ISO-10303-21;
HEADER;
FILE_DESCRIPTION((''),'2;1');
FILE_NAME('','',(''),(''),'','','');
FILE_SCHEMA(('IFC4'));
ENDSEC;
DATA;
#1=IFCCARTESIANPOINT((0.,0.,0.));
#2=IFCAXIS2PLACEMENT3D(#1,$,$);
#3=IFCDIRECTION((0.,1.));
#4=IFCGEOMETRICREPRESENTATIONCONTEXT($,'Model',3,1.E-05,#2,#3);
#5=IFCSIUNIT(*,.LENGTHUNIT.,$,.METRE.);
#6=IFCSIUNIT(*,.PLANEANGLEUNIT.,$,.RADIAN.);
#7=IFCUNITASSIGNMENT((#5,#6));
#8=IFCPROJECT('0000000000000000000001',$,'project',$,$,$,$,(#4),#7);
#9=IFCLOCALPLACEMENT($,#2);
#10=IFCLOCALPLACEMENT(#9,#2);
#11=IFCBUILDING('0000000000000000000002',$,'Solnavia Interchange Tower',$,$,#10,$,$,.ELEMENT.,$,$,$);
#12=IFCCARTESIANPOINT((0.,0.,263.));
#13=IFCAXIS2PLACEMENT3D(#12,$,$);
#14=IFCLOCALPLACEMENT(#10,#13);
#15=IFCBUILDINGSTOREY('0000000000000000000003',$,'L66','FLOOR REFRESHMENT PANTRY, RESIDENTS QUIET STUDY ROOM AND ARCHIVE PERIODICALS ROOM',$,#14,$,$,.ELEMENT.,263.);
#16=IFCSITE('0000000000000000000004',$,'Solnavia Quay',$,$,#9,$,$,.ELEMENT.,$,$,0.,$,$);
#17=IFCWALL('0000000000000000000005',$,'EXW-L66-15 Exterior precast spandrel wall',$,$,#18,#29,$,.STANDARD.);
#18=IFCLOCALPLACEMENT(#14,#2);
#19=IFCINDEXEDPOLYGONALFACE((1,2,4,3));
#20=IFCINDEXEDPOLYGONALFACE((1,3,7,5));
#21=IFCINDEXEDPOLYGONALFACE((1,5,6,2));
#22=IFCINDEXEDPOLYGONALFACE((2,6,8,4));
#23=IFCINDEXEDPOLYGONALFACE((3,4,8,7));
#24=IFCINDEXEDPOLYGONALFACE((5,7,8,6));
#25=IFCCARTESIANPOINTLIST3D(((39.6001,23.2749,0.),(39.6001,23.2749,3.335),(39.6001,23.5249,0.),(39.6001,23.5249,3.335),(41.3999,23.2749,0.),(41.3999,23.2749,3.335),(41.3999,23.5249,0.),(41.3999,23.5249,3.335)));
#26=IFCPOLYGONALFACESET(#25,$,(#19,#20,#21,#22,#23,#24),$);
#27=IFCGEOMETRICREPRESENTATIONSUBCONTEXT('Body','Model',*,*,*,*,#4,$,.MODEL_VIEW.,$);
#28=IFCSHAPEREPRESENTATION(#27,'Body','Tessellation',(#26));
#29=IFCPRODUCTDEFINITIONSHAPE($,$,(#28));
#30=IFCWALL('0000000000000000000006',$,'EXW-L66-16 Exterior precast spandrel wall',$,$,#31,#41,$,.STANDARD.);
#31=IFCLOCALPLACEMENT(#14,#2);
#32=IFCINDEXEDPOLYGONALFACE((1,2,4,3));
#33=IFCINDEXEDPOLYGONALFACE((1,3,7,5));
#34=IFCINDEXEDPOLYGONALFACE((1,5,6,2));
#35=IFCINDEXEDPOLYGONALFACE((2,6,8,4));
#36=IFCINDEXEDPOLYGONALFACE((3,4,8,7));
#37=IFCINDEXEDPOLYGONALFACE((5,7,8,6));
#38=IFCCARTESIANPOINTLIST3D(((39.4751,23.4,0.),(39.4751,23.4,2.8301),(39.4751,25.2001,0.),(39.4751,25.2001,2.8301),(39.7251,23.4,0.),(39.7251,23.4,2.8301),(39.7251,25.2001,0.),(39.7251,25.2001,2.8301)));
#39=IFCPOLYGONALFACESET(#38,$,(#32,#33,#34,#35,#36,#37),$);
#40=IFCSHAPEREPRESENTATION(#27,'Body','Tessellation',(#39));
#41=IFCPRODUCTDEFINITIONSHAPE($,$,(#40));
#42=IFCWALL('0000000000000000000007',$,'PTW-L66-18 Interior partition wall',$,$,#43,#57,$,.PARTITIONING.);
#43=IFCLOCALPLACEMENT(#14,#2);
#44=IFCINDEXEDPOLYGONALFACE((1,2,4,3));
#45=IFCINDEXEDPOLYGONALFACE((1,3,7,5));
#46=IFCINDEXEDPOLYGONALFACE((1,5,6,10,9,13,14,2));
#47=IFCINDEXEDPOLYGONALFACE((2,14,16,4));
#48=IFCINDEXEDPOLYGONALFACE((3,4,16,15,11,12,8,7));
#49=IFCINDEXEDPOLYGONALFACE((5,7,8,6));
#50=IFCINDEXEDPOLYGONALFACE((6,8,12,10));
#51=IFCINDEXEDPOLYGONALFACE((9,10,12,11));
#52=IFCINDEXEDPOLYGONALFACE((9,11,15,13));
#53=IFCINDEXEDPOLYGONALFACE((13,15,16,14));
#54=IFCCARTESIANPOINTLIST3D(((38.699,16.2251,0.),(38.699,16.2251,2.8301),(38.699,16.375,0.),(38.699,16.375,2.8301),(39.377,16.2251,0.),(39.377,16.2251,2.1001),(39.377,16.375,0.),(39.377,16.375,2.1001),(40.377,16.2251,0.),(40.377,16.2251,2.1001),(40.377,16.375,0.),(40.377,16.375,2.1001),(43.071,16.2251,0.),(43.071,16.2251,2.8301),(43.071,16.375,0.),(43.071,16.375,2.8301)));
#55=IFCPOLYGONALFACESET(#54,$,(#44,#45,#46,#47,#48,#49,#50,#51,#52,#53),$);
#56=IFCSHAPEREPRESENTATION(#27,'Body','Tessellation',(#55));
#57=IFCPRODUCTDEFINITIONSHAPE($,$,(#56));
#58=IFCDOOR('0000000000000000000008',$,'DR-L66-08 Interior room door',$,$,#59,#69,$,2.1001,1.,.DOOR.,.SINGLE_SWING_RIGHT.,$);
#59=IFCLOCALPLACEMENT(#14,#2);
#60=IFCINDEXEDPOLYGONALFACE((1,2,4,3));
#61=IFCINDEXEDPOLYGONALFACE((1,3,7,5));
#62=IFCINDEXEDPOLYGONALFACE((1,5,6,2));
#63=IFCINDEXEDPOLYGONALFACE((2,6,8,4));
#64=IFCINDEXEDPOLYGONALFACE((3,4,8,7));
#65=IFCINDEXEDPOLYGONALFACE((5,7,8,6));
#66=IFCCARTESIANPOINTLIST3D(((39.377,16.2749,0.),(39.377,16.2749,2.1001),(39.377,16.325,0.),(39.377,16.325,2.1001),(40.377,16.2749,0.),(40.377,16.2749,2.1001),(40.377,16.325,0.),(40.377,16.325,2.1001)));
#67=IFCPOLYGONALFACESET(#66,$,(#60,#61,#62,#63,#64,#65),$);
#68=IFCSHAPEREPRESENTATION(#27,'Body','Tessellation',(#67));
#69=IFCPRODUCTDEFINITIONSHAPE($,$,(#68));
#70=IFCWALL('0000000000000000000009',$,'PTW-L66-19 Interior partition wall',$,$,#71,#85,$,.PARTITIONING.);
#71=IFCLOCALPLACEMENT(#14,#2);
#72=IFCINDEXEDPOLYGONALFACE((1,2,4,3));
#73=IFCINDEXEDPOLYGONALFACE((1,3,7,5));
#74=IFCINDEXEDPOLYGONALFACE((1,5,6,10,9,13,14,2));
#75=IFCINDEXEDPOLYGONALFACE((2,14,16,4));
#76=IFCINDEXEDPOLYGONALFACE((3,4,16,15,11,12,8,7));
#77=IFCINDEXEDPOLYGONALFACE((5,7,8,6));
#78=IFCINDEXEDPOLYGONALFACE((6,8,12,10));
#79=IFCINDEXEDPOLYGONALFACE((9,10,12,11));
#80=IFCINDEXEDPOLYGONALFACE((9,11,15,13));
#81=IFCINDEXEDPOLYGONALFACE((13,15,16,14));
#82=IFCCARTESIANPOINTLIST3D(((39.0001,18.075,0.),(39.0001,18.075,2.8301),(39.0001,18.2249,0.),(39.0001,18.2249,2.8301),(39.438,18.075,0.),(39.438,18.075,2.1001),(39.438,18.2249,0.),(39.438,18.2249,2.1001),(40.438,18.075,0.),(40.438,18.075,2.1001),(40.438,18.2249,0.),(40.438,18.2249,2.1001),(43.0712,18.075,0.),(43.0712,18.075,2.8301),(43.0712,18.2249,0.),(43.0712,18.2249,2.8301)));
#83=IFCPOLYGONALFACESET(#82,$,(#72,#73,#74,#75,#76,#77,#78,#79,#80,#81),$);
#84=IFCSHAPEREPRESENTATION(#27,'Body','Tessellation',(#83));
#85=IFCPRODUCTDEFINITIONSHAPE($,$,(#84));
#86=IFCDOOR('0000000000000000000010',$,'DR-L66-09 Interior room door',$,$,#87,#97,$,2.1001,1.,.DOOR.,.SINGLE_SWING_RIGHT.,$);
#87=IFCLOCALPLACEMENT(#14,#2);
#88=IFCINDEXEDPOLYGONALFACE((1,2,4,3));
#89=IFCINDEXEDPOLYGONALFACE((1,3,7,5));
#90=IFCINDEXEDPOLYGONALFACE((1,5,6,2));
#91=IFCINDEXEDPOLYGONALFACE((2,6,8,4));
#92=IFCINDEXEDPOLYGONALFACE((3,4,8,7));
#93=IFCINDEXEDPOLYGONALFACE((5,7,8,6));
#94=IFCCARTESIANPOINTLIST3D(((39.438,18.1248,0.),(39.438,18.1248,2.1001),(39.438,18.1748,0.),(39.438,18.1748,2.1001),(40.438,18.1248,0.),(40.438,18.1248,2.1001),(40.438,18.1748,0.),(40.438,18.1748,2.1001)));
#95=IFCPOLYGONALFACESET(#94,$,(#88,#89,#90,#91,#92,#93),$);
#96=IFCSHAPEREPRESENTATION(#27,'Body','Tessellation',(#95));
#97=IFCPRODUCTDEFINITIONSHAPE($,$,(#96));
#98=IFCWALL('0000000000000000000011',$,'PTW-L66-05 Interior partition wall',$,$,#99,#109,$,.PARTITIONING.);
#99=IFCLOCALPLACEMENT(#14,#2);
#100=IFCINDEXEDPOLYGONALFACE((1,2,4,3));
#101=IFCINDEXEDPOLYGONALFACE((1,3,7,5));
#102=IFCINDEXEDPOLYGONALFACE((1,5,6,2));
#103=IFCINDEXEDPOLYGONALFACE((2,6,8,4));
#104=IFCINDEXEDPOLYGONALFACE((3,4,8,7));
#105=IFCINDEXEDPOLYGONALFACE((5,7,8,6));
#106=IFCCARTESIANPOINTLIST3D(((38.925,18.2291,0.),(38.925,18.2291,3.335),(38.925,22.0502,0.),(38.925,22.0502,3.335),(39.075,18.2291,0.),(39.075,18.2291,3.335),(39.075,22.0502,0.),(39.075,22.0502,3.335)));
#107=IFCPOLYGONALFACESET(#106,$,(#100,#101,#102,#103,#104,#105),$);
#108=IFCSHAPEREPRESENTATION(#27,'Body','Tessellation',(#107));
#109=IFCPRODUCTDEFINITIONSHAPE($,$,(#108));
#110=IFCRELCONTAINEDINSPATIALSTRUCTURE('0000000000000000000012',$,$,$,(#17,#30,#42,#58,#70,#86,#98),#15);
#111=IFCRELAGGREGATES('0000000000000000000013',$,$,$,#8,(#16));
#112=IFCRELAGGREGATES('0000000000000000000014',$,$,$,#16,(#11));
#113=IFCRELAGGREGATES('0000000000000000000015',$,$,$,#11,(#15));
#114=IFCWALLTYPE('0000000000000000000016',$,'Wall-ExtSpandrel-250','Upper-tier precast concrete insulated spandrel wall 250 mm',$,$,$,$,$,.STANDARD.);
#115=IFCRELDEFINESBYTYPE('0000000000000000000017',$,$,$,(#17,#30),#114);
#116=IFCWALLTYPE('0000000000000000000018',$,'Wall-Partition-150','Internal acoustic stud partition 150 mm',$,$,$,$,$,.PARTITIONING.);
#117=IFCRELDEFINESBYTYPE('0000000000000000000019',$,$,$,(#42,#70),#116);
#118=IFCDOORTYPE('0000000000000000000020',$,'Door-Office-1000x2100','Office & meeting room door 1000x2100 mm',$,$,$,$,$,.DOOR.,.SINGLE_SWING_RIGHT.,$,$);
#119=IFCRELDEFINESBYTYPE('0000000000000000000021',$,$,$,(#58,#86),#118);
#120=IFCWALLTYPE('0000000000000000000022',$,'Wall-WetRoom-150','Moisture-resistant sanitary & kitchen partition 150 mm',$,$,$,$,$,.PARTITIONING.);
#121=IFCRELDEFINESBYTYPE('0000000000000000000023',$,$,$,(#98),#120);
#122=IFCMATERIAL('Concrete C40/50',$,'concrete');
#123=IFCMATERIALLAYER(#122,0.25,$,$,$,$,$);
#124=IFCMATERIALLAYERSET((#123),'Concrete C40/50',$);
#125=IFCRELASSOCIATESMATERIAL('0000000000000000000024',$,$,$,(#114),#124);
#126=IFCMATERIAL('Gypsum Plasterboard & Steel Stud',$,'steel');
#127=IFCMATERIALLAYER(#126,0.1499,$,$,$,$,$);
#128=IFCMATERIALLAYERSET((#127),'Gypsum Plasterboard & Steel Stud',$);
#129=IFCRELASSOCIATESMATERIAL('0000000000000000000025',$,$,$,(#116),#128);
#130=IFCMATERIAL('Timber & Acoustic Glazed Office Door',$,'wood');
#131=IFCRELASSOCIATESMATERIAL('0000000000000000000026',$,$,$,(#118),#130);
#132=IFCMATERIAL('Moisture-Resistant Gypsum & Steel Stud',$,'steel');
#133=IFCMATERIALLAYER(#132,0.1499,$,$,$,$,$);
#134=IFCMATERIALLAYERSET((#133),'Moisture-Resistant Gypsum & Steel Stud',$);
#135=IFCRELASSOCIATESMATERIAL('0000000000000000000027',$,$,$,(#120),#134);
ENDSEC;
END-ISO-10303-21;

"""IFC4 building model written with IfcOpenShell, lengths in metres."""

from ifc_helpers import new_model, si_unit, direction, frame, frame_2d, origin, place, context, subcontext, project, spatial, rectangle, extrude, material, layer, layer_set, type_object, element, fill, save


model = new_model("IFC4")

# Units and contexts
model_context = context("Model", 3, precision=1e-05, world=origin(), true_north=direction((0.0, 1.0)))
body_context = subcontext(model_context, "Body", "Model", "MODEL_VIEW")
ifc_project = project(units=[si_unit("LENGTHUNIT", "METRE"), si_unit("PLANEANGLEUNIT", "RADIAN")], contexts=[model_context])

# Site, building, storey
site_placement = place(None, origin())
site = spatial("IfcSite", under=ifc_project, at=site_placement, Name="Solnavia Quay", CompositionType="ELEMENT", RefElevation=0.0)
building_placement = place(site_placement, origin())
building = spatial("IfcBuilding", under=site, at=building_placement, Name="Solnavia Interchange Tower", CompositionType="ELEMENT")
storey_placement = place(building_placement, frame((0.0, 0.0, 263.0)))
storey = spatial("IfcBuildingStorey", under=building, at=storey_placement, Name="L66", Description="FLOOR REFRESHMENT PANTRY, RESIDENTS QUIET STUDY ROOM AND ARCHIVE PERIODICALS ROOM", CompositionType="ELEMENT", Elevation=263.0)

# Walls
ifc_material_1 = material(Name="Concrete C40/50", Category="concrete")
ifc_layer_1 = layer(ifc_material_1, 0.25)
ifc_layer_set_1 = layer_set([ifc_layer_1], Name="Concrete C40/50")
wall_type_1 = type_object("IfcWallType", Name="Wall-ExtSpandrel-250", Description="Upper-tier precast concrete insulated spandrel wall 250 mm", PredefinedType="STANDARD", material=ifc_layer_set_1)
for number, where, z_axis, x_axis, name in (
    (1, (39.6001, 23.3999, 0.0), (0.0, 0.0, 1.0), (1.0, 0.0, 0.0), "EXW-L66-15 Exterior precast spandrel wall"),
):
    element("IfcWall", number, at=place(storey_placement, frame(where, z_axis=z_axis, x_axis=x_axis)), inside=storey, type_object=wall_type_1, Name=name, PredefinedType="STANDARD", context=body_context, shape_type="SweptSolid", body=[
        extrude(rectangle(XDim=1.7998, YDim=0.25, at=frame_2d((0.8999, 0.0))), origin(), (0.0, 0.0, 1.0), 3.335),
    ])
wall_1_placement = place(storey_placement, frame((39.6001, 25.2, 0.0), z_axis=(0.0, 0.0, 1.0), x_axis=(0.0, -1.0, 0.0)))
element("IfcWall", 2, at=wall_1_placement, inside=storey, type_object=wall_type_1, Name="EXW-L66-16 Exterior precast spandrel wall", PredefinedType="STANDARD", context=body_context, shape_type="SweptSolid", body=[
    extrude(rectangle(XDim=1.8, YDim=0.25, at=frame_2d((0.8999, 0.0))), origin(), (0.0, 0.0, 1.0), 2.8301),
])

# Walls, openings, doors
ifc_material_2 = material(Name="Gypsum Plasterboard & Steel Stud", Category="steel")
ifc_layer_2 = layer(ifc_material_2, 0.1499)
ifc_layer_set_2 = layer_set([ifc_layer_2], Name="Gypsum Plasterboard & Steel Stud")
wall_type_2 = type_object("IfcWallType", Name="Wall-Partition-150", Description="Internal acoustic stud partition 150 mm", PredefinedType="PARTITIONING", material=ifc_layer_set_2)
wall_2_placement = place(storey_placement, frame((38.699, 16.3, 0.0), z_axis=(0.0, 0.0, 1.0), x_axis=(1.0, 0.0, 0.0)))
wall_2 = element("IfcWall", 3, at=wall_2_placement, inside=storey, type_object=wall_type_2, Name="PTW-L66-18 Interior partition wall", PredefinedType="PARTITIONING", context=body_context, shape_type="SweptSolid", body=[
    extrude(rectangle(XDim=4.3721, YDim=0.1499, at=frame_2d((2.186, 0.0))), origin(), (0.0, 0.0, 1.0), 2.8301),
])
opening_1_placement = place(wall_2_placement, frame((0.678, 0.0, 0.0)))
opening_1 = element("IfcOpeningElement", 4, at=opening_1_placement, cuts=wall_2, PredefinedType="OPENING", context=body_context, shape_type="SweptSolid", body=[
    extrude(rectangle(XDim=1.0, YDim=2.1001, at=frame_2d((0.5, 1.05))), frame((0.0, 0.085, 0.0), z_axis=(0.0, -1.0, 0.0), x_axis=(1.0, 0.0, 0.0)), (0.0, 0.0, 1.0), 0.1699),
])
ifc_material_3 = material(Name="Timber & Acoustic Glazed Office Door", Category="wood")
door_type = type_object("IfcDoorType", Name="Door-Office-1000x2100", Description="Office & meeting room door 1000x2100 mm", OperationType="SINGLE_SWING_RIGHT", PredefinedType="DOOR", material=ifc_material_3)
door_1_placement = place(opening_1_placement, origin())
door_1 = element("IfcDoor", 5, at=door_1_placement, inside=storey, type_object=door_type, Name="DR-L66-08 Interior room door", OperationType="SINGLE_SWING_RIGHT", OverallHeight=2.1001, OverallWidth=1.0, PredefinedType="DOOR", context=body_context, shape_type="SweptSolid", body=[
    extrude(rectangle(XDim=1.0, YDim=2.1001, at=frame_2d((0.5, 1.05))), frame((0.0, 0.0249, 0.0), z_axis=(0.0, -1.0, 0.0), x_axis=(1.0, 0.0, 0.0)), (0.0, 0.0, 1.0), 0.05),
])
fill(opening_1, door_1)
wall_3_placement = place(storey_placement, frame((39.0, 18.1499, 0.0), z_axis=(0.0, 0.0, 1.0), x_axis=(1.0, 0.0, 0.0)))
wall_3 = element("IfcWall", 6, at=wall_3_placement, inside=storey, type_object=wall_type_2, Name="PTW-L66-19 Interior partition wall", PredefinedType="PARTITIONING", context=body_context, shape_type="SweptSolid", body=[
    extrude(rectangle(XDim=4.071, YDim=0.1499, at=frame_2d((2.0356, 0.0))), origin(), (0.0, 0.0, 1.0), 2.8301),
])
opening_2_placement = place(wall_3_placement, frame((0.438, 0.0, 0.0)))
opening_2 = element("IfcOpeningElement", 7, at=opening_2_placement, cuts=wall_3, PredefinedType="OPENING", context=body_context, shape_type="SweptSolid", body=[
    extrude(rectangle(XDim=1.0, YDim=2.1001, at=frame_2d((0.5, 1.05))), frame((0.0, 0.085, 0.0), z_axis=(0.0, -1.0, 0.0), x_axis=(1.0, 0.0, 0.0)), (0.0, 0.0, 1.0), 0.1699),
])
door_2_placement = place(opening_2_placement, origin())
door_2 = element("IfcDoor", 8, at=door_2_placement, inside=storey, type_object=door_type, Name="DR-L66-09 Interior room door", OperationType="SINGLE_SWING_RIGHT", OverallHeight=2.1001, OverallWidth=1.0, PredefinedType="DOOR", context=body_context, shape_type="SweptSolid", body=[
    extrude(rectangle(XDim=1.0, YDim=2.1001, at=frame_2d((0.5, 1.05))), frame((0.0, 0.0249, 0.0), z_axis=(0.0, -1.0, 0.0), x_axis=(1.0, 0.0, 0.0)), (0.0, 0.0, 1.0), 0.05),
])
fill(opening_2, door_2)

# Wall
ifc_material_4 = material(Name="Moisture-Resistant Gypsum & Steel Stud", Category="steel")
ifc_layer_3 = layer(ifc_material_4, 0.1499)
ifc_layer_set_3 = layer_set([ifc_layer_3], Name="Moisture-Resistant Gypsum & Steel Stud")
wall_type_3 = type_object("IfcWallType", Name="Wall-WetRoom-150", Description="Moisture-resistant sanitary & kitchen partition 150 mm", PredefinedType="PARTITIONING", material=ifc_layer_set_3)
wall_4_placement = place(storey_placement, frame((39.0, 18.229, 0.0), z_axis=(0.0, 0.0, 1.0), x_axis=(0.0, 1.0, 0.0)))
element("IfcWall", 9, at=wall_4_placement, inside=storey, type_object=wall_type_3, Name="PTW-L66-05 Interior partition wall", PredefinedType="PARTITIONING", context=body_context, shape_type="SweptSolid", body=[
    extrude(rectangle(XDim=3.821, YDim=0.1499, at=frame_2d((1.9106, 0.0))), origin(), (0.0, 0.0, 1.0), 3.335),
])

save(model, "model.ifc")
